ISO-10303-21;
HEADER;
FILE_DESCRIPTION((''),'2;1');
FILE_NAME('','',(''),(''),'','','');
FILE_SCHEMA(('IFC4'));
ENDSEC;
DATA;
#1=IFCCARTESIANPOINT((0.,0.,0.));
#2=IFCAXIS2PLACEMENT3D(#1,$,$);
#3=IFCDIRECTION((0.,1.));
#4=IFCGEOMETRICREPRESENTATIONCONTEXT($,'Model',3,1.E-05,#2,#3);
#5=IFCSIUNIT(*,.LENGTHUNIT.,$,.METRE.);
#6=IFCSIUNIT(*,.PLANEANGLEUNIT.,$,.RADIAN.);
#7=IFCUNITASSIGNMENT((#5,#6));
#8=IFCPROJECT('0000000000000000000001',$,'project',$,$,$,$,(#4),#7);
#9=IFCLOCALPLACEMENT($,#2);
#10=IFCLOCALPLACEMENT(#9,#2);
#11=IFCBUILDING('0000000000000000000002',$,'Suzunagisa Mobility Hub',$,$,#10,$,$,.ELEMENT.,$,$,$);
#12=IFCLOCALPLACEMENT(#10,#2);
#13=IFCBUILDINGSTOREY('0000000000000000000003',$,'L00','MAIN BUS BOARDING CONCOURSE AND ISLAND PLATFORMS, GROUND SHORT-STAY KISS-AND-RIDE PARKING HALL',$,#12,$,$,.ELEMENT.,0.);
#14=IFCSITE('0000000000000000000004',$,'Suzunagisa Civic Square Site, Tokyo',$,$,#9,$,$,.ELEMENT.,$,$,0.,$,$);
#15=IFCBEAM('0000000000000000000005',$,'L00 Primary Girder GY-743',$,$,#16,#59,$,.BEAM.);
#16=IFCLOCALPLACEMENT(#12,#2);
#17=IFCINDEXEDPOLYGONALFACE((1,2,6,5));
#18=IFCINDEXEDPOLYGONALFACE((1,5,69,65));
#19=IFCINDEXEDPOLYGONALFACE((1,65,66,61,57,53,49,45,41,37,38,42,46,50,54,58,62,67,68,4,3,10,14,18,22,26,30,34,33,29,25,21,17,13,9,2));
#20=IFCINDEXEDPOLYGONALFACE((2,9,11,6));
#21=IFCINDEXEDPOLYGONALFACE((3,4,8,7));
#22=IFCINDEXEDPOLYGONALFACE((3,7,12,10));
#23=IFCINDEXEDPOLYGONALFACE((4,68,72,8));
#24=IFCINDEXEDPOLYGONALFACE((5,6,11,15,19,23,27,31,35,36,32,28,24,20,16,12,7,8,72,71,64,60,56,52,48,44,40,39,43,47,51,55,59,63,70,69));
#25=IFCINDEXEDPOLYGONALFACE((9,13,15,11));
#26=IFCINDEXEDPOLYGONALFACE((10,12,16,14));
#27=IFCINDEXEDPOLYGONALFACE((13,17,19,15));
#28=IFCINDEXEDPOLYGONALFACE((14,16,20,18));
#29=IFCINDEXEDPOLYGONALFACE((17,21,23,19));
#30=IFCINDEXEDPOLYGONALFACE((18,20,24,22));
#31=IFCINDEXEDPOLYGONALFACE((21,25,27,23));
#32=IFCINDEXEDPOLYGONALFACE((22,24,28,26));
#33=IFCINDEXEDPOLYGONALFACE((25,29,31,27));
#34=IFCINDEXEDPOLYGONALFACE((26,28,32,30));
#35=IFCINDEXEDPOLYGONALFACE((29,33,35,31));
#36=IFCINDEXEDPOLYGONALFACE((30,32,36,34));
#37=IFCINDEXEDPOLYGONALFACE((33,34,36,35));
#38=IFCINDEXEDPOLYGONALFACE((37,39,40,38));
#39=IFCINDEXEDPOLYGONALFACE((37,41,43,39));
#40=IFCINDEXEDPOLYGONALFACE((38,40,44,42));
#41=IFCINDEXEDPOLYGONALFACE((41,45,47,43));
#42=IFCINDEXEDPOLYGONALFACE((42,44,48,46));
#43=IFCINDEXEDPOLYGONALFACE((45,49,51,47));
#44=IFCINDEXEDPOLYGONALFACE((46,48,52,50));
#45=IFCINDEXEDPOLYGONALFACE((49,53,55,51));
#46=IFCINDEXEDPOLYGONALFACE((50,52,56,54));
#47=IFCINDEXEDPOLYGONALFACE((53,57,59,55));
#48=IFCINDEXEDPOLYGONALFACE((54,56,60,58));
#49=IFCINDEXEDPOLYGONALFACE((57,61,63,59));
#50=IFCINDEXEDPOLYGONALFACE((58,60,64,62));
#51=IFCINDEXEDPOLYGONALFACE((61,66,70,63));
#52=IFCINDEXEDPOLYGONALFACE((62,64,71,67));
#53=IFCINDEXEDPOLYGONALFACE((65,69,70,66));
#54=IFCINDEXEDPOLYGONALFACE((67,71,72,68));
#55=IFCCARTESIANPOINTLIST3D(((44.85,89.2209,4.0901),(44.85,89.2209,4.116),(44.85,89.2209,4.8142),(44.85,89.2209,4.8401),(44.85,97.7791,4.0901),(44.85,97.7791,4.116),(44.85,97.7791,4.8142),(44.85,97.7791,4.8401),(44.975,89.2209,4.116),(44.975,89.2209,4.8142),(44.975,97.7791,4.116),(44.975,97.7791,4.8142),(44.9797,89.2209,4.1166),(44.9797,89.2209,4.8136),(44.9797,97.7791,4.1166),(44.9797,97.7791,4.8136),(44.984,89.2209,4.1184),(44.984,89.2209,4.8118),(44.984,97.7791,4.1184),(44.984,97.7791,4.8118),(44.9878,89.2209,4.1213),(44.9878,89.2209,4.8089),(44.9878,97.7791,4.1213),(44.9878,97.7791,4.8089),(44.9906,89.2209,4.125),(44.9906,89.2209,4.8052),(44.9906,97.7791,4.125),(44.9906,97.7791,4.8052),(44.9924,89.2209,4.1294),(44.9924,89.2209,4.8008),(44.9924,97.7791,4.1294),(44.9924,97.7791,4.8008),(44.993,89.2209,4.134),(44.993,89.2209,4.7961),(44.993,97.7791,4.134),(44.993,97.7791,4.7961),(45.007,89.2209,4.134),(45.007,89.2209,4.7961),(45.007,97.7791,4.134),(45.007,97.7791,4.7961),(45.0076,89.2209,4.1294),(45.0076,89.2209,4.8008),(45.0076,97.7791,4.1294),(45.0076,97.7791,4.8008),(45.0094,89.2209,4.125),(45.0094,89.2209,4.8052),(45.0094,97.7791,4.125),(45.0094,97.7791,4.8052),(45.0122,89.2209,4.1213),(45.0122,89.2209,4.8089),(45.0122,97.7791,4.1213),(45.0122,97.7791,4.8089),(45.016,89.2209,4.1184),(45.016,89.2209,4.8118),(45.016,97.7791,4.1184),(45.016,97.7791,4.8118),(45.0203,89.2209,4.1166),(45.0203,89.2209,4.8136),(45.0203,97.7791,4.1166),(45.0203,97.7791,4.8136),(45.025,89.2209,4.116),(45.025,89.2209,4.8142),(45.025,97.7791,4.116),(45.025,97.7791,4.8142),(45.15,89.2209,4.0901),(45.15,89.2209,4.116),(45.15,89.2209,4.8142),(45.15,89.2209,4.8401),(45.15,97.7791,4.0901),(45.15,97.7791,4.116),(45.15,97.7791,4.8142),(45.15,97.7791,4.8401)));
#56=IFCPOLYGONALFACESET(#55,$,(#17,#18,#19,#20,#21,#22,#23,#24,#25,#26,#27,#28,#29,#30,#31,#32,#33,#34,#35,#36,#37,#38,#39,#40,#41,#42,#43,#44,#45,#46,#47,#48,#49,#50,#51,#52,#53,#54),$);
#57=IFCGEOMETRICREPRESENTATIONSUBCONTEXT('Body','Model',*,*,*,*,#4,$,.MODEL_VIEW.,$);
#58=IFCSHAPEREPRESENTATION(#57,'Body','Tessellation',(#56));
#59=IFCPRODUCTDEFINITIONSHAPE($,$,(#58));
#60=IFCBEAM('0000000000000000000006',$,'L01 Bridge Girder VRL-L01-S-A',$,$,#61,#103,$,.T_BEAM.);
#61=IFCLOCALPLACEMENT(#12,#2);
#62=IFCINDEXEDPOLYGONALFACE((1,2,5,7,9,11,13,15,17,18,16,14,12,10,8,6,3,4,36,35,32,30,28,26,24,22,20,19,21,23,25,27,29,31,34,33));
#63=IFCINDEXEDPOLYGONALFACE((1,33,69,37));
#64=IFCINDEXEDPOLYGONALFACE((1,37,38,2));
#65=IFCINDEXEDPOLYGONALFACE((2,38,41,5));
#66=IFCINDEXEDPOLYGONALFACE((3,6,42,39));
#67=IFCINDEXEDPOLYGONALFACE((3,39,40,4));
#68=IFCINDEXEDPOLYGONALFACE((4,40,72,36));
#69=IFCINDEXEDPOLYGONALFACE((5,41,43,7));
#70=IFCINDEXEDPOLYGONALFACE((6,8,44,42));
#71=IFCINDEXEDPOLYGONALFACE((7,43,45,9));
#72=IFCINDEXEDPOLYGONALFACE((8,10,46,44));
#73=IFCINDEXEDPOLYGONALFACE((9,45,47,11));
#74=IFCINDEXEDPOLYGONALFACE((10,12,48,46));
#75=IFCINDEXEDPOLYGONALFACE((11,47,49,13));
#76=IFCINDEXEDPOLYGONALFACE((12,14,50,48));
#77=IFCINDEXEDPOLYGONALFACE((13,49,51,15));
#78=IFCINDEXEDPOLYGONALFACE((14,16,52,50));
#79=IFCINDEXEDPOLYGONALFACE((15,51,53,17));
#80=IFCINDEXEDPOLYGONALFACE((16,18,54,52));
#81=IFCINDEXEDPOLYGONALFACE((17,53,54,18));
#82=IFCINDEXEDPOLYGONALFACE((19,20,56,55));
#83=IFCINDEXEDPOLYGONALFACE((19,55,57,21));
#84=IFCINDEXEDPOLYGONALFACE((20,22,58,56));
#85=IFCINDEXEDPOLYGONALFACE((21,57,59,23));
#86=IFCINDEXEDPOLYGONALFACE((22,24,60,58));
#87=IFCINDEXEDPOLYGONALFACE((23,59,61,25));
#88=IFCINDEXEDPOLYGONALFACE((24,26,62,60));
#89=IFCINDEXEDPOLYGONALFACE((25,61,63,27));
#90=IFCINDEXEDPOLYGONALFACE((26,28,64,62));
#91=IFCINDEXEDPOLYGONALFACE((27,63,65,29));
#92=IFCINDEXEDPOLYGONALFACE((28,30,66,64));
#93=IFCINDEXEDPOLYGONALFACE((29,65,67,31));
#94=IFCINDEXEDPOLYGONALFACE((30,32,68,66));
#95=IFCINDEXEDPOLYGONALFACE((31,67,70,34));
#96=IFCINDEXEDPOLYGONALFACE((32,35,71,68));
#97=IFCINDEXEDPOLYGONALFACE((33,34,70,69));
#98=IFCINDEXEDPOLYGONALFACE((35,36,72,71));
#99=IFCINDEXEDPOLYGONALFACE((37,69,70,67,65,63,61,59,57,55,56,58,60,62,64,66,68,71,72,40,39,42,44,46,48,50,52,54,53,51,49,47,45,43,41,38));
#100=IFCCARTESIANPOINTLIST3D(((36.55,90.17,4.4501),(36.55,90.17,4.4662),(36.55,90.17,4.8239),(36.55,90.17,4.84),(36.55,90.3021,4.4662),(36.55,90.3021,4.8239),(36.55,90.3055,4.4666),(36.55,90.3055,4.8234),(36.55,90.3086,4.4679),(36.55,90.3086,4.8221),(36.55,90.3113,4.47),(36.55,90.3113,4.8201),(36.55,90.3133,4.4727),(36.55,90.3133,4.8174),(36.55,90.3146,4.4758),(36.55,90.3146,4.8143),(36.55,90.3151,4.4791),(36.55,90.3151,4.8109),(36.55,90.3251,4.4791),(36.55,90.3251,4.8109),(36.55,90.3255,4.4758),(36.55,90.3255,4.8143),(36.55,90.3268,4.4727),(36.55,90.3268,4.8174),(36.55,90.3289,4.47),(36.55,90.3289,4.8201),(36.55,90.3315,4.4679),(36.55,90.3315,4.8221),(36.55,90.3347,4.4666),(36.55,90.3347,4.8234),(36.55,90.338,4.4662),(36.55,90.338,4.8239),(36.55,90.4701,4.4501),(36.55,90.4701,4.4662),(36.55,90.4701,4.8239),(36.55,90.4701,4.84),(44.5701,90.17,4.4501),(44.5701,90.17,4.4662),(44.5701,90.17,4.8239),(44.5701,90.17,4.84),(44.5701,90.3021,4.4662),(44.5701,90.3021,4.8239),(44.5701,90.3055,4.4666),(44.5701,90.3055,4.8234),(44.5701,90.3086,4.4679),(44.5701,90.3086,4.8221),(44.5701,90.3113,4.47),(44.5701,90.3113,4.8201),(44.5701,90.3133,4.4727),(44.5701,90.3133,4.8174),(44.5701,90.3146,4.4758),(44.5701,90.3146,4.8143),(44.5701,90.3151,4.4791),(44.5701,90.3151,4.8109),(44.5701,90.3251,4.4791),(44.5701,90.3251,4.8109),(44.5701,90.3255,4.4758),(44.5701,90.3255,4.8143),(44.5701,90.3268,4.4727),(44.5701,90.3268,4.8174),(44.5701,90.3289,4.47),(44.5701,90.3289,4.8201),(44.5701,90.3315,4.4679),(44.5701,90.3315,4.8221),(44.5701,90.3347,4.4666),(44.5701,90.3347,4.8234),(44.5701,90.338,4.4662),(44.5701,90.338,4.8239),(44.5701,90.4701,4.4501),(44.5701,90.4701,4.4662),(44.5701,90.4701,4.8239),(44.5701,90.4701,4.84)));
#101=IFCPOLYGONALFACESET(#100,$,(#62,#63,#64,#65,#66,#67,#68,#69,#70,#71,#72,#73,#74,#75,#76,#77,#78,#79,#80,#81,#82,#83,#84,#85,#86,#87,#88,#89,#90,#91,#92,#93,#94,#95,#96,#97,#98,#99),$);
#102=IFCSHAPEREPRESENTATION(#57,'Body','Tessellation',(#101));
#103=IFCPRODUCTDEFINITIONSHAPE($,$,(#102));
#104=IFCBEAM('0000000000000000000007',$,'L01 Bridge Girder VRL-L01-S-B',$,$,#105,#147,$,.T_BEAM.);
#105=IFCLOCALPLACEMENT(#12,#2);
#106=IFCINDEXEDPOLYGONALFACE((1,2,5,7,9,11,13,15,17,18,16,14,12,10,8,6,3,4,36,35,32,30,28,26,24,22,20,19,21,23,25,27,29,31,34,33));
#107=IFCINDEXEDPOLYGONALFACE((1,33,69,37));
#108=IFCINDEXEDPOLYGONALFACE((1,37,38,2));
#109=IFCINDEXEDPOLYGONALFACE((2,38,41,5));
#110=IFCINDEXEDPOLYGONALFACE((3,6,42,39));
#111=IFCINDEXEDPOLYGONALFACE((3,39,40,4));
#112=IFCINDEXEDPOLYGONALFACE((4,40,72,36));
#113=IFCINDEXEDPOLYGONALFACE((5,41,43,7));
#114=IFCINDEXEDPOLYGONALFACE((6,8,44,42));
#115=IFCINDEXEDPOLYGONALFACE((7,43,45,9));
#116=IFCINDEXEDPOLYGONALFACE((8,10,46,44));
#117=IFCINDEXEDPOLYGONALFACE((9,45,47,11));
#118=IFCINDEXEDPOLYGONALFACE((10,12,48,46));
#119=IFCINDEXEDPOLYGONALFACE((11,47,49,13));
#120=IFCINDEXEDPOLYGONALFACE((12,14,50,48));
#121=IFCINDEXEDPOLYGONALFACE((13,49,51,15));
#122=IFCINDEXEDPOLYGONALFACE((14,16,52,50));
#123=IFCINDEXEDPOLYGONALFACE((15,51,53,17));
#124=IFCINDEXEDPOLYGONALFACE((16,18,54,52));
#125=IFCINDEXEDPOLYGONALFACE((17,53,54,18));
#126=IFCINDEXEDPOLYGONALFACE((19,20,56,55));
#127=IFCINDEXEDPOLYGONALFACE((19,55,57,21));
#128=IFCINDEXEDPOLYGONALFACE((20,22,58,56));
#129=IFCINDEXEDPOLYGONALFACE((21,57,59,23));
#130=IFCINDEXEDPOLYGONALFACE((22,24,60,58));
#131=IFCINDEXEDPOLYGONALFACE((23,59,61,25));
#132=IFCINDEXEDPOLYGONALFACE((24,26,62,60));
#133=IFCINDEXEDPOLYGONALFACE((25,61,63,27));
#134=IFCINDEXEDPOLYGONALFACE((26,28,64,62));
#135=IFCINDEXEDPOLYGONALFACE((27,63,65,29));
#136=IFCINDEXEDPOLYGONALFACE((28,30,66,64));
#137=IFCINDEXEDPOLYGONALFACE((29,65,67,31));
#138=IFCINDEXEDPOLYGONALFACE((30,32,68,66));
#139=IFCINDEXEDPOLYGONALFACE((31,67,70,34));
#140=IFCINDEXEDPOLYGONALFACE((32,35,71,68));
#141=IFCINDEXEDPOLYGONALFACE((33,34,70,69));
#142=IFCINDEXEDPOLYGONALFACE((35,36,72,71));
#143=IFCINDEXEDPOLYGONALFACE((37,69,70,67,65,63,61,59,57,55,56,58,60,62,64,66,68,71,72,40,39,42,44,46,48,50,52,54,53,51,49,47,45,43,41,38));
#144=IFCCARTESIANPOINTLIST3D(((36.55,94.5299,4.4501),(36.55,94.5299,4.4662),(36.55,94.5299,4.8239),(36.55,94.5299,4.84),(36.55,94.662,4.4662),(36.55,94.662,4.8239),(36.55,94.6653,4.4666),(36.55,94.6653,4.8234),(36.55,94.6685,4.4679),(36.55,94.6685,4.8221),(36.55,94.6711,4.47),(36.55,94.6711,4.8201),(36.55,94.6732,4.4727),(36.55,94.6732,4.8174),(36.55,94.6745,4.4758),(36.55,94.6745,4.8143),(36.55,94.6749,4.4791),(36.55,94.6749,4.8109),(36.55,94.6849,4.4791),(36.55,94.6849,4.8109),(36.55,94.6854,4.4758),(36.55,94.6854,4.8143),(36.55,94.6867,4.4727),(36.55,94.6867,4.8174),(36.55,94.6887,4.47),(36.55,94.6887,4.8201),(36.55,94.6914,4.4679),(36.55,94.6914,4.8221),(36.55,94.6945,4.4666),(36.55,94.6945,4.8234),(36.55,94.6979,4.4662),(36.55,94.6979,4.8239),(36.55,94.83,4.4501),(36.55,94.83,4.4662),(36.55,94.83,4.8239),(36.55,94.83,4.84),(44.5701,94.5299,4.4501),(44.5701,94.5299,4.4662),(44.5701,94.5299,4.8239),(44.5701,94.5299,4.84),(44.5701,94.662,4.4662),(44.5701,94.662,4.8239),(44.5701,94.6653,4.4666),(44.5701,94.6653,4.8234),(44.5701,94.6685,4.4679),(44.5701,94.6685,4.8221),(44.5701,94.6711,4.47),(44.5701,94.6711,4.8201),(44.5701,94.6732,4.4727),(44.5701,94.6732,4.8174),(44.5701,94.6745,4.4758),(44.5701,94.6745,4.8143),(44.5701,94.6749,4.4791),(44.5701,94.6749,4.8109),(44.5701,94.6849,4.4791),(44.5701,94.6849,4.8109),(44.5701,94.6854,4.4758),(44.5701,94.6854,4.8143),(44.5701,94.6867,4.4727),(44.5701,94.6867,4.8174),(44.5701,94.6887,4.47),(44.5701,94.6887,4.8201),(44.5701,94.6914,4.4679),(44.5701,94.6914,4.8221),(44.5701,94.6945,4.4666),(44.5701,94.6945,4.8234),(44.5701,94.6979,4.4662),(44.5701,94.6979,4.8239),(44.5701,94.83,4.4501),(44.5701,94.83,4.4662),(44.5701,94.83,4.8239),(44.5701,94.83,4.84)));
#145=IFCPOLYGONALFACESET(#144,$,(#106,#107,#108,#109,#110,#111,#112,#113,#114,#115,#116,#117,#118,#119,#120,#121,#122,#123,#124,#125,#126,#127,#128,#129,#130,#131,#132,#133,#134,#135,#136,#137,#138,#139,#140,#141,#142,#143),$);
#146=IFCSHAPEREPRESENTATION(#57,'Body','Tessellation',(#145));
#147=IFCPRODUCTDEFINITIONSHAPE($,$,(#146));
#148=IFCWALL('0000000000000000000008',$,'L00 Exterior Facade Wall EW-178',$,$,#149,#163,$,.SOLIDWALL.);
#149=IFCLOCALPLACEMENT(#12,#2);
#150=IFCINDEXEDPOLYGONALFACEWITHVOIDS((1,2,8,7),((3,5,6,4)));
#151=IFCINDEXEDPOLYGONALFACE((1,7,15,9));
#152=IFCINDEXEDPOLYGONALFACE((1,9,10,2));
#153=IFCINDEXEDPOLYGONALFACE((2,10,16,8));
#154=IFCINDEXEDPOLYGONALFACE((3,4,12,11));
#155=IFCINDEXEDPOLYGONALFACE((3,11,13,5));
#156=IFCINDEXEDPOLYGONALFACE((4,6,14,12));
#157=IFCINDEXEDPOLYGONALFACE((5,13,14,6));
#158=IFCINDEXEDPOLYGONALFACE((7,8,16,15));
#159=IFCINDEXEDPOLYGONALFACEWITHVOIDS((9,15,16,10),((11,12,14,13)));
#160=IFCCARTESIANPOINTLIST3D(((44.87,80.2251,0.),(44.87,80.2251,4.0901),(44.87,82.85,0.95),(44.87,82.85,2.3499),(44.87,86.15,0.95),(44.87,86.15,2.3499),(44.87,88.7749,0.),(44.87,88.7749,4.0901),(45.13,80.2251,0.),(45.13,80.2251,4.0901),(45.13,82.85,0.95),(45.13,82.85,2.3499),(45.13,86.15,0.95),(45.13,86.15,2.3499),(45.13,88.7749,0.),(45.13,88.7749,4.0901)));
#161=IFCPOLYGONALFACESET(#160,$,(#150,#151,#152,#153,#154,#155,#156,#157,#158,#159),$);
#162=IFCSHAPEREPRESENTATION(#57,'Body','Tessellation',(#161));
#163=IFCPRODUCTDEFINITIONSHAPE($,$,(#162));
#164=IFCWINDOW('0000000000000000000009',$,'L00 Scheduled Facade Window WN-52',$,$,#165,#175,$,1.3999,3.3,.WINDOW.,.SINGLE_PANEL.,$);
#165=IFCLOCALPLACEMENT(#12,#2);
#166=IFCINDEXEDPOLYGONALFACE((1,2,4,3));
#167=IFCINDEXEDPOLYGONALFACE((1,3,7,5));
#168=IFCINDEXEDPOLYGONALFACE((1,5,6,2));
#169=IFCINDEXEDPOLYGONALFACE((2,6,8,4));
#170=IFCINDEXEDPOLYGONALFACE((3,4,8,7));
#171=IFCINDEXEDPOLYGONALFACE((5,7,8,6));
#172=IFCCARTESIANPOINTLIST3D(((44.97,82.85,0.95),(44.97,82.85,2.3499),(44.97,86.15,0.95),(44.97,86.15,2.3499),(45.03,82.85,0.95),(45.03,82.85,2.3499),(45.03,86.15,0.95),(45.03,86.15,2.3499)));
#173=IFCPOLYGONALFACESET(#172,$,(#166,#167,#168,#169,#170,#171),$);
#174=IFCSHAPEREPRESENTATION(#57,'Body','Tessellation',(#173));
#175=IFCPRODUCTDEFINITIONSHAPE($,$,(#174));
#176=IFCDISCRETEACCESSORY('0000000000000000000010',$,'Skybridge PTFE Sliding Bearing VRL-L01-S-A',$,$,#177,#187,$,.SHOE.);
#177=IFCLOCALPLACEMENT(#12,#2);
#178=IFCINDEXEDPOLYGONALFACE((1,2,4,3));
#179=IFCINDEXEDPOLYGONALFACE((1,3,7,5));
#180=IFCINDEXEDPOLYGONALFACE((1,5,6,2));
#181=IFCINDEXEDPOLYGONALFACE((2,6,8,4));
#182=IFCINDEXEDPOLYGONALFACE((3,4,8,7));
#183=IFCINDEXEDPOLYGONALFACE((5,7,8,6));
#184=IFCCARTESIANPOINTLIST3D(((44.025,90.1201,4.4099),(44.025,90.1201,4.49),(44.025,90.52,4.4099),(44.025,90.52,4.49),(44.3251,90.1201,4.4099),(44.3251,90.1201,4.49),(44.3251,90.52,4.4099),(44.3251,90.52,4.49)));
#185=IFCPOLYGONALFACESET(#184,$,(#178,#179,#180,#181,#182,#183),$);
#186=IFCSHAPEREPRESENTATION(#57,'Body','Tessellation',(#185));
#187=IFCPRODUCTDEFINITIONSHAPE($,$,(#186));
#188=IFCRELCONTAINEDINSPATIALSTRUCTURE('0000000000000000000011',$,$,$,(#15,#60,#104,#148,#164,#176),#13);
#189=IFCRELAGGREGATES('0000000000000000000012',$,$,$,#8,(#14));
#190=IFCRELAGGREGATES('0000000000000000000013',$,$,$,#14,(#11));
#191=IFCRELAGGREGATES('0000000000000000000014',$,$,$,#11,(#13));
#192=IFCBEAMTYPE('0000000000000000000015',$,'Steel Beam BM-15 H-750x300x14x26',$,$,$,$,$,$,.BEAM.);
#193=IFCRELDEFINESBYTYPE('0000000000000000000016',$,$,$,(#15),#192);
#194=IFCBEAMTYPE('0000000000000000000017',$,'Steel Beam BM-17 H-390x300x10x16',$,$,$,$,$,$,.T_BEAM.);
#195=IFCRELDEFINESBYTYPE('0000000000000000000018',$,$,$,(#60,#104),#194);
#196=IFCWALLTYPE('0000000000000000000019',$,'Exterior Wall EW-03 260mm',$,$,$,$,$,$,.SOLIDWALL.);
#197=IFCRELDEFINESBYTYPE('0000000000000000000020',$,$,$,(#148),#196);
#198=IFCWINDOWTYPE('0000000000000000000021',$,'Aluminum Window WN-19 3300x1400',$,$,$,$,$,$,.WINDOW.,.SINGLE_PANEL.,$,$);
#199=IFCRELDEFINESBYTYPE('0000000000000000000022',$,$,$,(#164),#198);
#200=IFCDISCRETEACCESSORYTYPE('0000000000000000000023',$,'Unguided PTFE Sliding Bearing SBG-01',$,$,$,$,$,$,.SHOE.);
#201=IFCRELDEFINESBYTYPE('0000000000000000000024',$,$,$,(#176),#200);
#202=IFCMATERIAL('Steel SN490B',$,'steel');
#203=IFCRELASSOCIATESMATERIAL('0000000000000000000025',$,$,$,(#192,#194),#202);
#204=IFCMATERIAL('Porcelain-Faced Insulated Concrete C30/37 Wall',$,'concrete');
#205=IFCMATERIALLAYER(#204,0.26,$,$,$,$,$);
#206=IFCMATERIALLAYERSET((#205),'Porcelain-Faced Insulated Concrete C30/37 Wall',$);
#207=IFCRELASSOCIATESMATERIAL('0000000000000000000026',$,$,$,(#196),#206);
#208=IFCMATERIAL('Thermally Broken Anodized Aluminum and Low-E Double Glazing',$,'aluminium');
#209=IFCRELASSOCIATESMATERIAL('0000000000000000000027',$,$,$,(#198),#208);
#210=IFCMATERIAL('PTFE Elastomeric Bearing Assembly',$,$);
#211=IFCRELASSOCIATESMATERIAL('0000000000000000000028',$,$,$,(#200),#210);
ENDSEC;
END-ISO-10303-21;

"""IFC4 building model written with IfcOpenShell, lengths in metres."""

from ifc_helpers import new_model, si_unit, direction, frame, frame_2d, origin, origin_2d, place, context, subcontext, project, spatial, rectangle, i_section, extrude, material, layer, layer_set, material_profile, profile_set, type_object, element, fill, save


model = new_model("IFC4")

# Units and contexts
model_context = context("Model", 3, precision=1e-05, world=origin(), true_north=direction((0.0, 1.0)))
body_context = subcontext(model_context, "Body", "Model", "MODEL_VIEW")
ifc_project = project(units=[si_unit("LENGTHUNIT", "METRE"), si_unit("PLANEANGLEUNIT", "RADIAN")], contexts=[model_context])

# Site, building, storey
site_placement = place(None, origin())
site = spatial("IfcSite", under=ifc_project, at=site_placement, Name="Suzunagisa Civic Square Site, Tokyo", CompositionType="ELEMENT", RefElevation=0.0)
building_placement = place(site_placement, origin())
building = spatial("IfcBuilding", under=site, at=building_placement, Name="Suzunagisa Mobility Hub", CompositionType="ELEMENT")
storey_placement = place(building_placement, origin())
storey = spatial("IfcBuildingStorey", under=building, at=storey_placement, Name="L00", Description="MAIN BUS BOARDING CONCOURSE AND ISLAND PLATFORMS, GROUND SHORT-STAY KISS-AND-RIDE PARKING HALL", CompositionType="ELEMENT", Elevation=0.0)

# Shared definitions
ifc_material_1 = material(Name="Steel SN490B", Category="steel")

# Beams
ifc_material_profile_1 = material_profile(ifc_material_1, i_section(OverallWidth=0.3, OverallDepth=0.75, WebThickness=0.0139, FlangeThickness=0.0259, FilletRadius=0.0181, at=origin_2d()), Name="H-750x300x14x26")
ifc_profile_set_1 = profile_set([ifc_material_profile_1], Name="Steel SN490B")
beam_type_1 = type_object("IfcBeamType", Name="Steel Beam BM-15 H-750x300x14x26", PredefinedType="BEAM", material=ifc_profile_set_1)
beam_1_placement = place(storey_placement, frame((45.0, 89.2209, 4.4651), z_axis=(0.0, 1.0, 0.0), x_axis=(-1.0, 0.0, 0.0)))
element("IfcBeam", 1, at=beam_1_placement, inside=storey, type_object=beam_type_1, Name="L00 Primary Girder GY-743", PredefinedType="BEAM", context=body_context, shape_type="SweptSolid", body=[
    extrude(i_section(OverallWidth=0.3, OverallDepth=0.75, WebThickness=0.0139, FlangeThickness=0.0259, FilletRadius=0.0181, at=origin_2d()), origin(), (0.0, 0.0, 1.0), 8.5581),
])
ifc_material_profile_2 = material_profile(ifc_material_1, i_section(OverallWidth=0.3, OverallDepth=0.3899, WebThickness=0.01, FlangeThickness=0.0161, FilletRadius=0.0129, at=origin_2d()), Name="H-390x300x10x16")
ifc_profile_set_2 = profile_set([ifc_material_profile_2], Name="Steel SN490B")
beam_type_2 = type_object("IfcBeamType", Name="Steel Beam BM-17 H-390x300x10x16", PredefinedType="T_BEAM", material=ifc_profile_set_2)
for number, where, z_axis, x_axis, name in (
    (2, (36.55, 90.3201, 4.645), (1.0, 0.0, 0.0), (0.0, 1.0, 0.0), "L01 Bridge Girder VRL-L01-S-A"),
    (3, (36.55, 94.6799, 4.645), (1.0, 0.0, 0.0), (0.0, 1.0, 0.0), "L01 Bridge Girder VRL-L01-S-B"),
):
    element("IfcBeam", number, at=place(storey_placement, frame(where, z_axis=z_axis, x_axis=x_axis)), inside=storey, type_object=beam_type_2, Name=name, PredefinedType="T_BEAM", context=body_context, shape_type="SweptSolid", body=[
        extrude(i_section(OverallWidth=0.3, OverallDepth=0.3899, WebThickness=0.01, FlangeThickness=0.0161, FilletRadius=0.0129, at=origin_2d()), origin(), (0.0, 0.0, 1.0), 8.02),
    ])

# Wall, opening, window
ifc_material_2 = material(Name="Porcelain-Faced Insulated Concrete C30/37 Wall", Category="concrete")
ifc_layer = layer(ifc_material_2, 0.26)
ifc_layer_set = layer_set([ifc_layer], Name="Porcelain-Faced Insulated Concrete C30/37 Wall")
wall_type = type_object("IfcWallType", Name="Exterior Wall EW-03 260mm", PredefinedType="SOLIDWALL", material=ifc_layer_set)
wall_placement = place(storey_placement, frame((45.0, 88.7749, 0.0), z_axis=(0.0, 0.0, 1.0), x_axis=(0.0, -1.0, 0.0)))
wall = element("IfcWall", 4, at=wall_placement, inside=storey, type_object=wall_type, Name="L00 Exterior Facade Wall EW-178", PredefinedType="SOLIDWALL", context=body_context, shape_type="SweptSolid", body=[
    extrude(rectangle(XDim=8.5498, YDim=0.26, at=frame_2d((4.2749, 0.0))), origin(), (0.0, 0.0, 1.0), 4.0901),
])
opening_placement = place(wall_placement, frame((2.625, 0.0, 0.95)))
opening = element("IfcOpeningElement", 5, at=opening_placement, cuts=wall, PredefinedType="OPENING", context=body_context, shape_type="SweptSolid", body=[
    extrude(rectangle(XDim=3.3, YDim=1.3999, at=frame_2d((1.6499, 0.7))), frame((0.0, 0.1411, 0.0), z_axis=(0.0, -1.0, 0.0), x_axis=(1.0, 0.0, 0.0)), (0.0, 0.0, 1.0), 0.282),
])
ifc_material_3 = material(Name="Thermally Broken Anodized Aluminum and Low-E Double Glazing", Category="aluminium")
window_type = type_object("IfcWindowType", Name="Aluminum Window WN-19 3300x1400", PartitioningType="SINGLE_PANEL", PredefinedType="WINDOW", material=ifc_material_3)
window_placement = place(opening_placement, origin())
window = element("IfcWindow", 6, at=window_placement, inside=storey, type_object=window_type, Name="L00 Scheduled Facade Window WN-52", OverallHeight=1.3999, OverallWidth=3.3, PartitioningType="SINGLE_PANEL", PredefinedType="WINDOW", context=body_context, shape_type="SweptSolid", body=[
    extrude(rectangle(XDim=3.3, YDim=1.3999, at=frame_2d((1.6499, 0.7))), frame((0.0, 0.03, 0.0), z_axis=(0.0, -1.0, 0.0), x_axis=(1.0, 0.0, 0.0)), (0.0, 0.0, 1.0), 0.0601),
])
fill(opening, window)

# Discrete accessory
ifc_material_4 = material(Name="PTFE Elastomeric Bearing Assembly")
discrete_accessory_type = type_object("IfcDiscreteAccessoryType", Name="Unguided PTFE Sliding Bearing SBG-01", PredefinedType="SHOE", material=ifc_material_4)
for number, where, z_axis, x_axis, name in (
    (7, (44.175, 90.3201, 4.4099), (0.0, 0.0, 1.0), (1.0, 0.0, 0.0), "Skybridge PTFE Sliding Bearing VRL-L01-S-A"),
):
    element("IfcDiscreteAccessory", number, at=place(storey_placement, frame(where, z_axis=z_axis, x_axis=x_axis)), inside=storey, type_object=discrete_accessory_type, Name=name, PredefinedType="SHOE", context=body_context, shape_type="SweptSolid", body=[
        extrude(rectangle(XDim=0.3, YDim=0.3999, at=origin_2d()), origin(), (0.0, 0.0, 1.0), 0.0801),
    ])

save(model, "model.ifc")
